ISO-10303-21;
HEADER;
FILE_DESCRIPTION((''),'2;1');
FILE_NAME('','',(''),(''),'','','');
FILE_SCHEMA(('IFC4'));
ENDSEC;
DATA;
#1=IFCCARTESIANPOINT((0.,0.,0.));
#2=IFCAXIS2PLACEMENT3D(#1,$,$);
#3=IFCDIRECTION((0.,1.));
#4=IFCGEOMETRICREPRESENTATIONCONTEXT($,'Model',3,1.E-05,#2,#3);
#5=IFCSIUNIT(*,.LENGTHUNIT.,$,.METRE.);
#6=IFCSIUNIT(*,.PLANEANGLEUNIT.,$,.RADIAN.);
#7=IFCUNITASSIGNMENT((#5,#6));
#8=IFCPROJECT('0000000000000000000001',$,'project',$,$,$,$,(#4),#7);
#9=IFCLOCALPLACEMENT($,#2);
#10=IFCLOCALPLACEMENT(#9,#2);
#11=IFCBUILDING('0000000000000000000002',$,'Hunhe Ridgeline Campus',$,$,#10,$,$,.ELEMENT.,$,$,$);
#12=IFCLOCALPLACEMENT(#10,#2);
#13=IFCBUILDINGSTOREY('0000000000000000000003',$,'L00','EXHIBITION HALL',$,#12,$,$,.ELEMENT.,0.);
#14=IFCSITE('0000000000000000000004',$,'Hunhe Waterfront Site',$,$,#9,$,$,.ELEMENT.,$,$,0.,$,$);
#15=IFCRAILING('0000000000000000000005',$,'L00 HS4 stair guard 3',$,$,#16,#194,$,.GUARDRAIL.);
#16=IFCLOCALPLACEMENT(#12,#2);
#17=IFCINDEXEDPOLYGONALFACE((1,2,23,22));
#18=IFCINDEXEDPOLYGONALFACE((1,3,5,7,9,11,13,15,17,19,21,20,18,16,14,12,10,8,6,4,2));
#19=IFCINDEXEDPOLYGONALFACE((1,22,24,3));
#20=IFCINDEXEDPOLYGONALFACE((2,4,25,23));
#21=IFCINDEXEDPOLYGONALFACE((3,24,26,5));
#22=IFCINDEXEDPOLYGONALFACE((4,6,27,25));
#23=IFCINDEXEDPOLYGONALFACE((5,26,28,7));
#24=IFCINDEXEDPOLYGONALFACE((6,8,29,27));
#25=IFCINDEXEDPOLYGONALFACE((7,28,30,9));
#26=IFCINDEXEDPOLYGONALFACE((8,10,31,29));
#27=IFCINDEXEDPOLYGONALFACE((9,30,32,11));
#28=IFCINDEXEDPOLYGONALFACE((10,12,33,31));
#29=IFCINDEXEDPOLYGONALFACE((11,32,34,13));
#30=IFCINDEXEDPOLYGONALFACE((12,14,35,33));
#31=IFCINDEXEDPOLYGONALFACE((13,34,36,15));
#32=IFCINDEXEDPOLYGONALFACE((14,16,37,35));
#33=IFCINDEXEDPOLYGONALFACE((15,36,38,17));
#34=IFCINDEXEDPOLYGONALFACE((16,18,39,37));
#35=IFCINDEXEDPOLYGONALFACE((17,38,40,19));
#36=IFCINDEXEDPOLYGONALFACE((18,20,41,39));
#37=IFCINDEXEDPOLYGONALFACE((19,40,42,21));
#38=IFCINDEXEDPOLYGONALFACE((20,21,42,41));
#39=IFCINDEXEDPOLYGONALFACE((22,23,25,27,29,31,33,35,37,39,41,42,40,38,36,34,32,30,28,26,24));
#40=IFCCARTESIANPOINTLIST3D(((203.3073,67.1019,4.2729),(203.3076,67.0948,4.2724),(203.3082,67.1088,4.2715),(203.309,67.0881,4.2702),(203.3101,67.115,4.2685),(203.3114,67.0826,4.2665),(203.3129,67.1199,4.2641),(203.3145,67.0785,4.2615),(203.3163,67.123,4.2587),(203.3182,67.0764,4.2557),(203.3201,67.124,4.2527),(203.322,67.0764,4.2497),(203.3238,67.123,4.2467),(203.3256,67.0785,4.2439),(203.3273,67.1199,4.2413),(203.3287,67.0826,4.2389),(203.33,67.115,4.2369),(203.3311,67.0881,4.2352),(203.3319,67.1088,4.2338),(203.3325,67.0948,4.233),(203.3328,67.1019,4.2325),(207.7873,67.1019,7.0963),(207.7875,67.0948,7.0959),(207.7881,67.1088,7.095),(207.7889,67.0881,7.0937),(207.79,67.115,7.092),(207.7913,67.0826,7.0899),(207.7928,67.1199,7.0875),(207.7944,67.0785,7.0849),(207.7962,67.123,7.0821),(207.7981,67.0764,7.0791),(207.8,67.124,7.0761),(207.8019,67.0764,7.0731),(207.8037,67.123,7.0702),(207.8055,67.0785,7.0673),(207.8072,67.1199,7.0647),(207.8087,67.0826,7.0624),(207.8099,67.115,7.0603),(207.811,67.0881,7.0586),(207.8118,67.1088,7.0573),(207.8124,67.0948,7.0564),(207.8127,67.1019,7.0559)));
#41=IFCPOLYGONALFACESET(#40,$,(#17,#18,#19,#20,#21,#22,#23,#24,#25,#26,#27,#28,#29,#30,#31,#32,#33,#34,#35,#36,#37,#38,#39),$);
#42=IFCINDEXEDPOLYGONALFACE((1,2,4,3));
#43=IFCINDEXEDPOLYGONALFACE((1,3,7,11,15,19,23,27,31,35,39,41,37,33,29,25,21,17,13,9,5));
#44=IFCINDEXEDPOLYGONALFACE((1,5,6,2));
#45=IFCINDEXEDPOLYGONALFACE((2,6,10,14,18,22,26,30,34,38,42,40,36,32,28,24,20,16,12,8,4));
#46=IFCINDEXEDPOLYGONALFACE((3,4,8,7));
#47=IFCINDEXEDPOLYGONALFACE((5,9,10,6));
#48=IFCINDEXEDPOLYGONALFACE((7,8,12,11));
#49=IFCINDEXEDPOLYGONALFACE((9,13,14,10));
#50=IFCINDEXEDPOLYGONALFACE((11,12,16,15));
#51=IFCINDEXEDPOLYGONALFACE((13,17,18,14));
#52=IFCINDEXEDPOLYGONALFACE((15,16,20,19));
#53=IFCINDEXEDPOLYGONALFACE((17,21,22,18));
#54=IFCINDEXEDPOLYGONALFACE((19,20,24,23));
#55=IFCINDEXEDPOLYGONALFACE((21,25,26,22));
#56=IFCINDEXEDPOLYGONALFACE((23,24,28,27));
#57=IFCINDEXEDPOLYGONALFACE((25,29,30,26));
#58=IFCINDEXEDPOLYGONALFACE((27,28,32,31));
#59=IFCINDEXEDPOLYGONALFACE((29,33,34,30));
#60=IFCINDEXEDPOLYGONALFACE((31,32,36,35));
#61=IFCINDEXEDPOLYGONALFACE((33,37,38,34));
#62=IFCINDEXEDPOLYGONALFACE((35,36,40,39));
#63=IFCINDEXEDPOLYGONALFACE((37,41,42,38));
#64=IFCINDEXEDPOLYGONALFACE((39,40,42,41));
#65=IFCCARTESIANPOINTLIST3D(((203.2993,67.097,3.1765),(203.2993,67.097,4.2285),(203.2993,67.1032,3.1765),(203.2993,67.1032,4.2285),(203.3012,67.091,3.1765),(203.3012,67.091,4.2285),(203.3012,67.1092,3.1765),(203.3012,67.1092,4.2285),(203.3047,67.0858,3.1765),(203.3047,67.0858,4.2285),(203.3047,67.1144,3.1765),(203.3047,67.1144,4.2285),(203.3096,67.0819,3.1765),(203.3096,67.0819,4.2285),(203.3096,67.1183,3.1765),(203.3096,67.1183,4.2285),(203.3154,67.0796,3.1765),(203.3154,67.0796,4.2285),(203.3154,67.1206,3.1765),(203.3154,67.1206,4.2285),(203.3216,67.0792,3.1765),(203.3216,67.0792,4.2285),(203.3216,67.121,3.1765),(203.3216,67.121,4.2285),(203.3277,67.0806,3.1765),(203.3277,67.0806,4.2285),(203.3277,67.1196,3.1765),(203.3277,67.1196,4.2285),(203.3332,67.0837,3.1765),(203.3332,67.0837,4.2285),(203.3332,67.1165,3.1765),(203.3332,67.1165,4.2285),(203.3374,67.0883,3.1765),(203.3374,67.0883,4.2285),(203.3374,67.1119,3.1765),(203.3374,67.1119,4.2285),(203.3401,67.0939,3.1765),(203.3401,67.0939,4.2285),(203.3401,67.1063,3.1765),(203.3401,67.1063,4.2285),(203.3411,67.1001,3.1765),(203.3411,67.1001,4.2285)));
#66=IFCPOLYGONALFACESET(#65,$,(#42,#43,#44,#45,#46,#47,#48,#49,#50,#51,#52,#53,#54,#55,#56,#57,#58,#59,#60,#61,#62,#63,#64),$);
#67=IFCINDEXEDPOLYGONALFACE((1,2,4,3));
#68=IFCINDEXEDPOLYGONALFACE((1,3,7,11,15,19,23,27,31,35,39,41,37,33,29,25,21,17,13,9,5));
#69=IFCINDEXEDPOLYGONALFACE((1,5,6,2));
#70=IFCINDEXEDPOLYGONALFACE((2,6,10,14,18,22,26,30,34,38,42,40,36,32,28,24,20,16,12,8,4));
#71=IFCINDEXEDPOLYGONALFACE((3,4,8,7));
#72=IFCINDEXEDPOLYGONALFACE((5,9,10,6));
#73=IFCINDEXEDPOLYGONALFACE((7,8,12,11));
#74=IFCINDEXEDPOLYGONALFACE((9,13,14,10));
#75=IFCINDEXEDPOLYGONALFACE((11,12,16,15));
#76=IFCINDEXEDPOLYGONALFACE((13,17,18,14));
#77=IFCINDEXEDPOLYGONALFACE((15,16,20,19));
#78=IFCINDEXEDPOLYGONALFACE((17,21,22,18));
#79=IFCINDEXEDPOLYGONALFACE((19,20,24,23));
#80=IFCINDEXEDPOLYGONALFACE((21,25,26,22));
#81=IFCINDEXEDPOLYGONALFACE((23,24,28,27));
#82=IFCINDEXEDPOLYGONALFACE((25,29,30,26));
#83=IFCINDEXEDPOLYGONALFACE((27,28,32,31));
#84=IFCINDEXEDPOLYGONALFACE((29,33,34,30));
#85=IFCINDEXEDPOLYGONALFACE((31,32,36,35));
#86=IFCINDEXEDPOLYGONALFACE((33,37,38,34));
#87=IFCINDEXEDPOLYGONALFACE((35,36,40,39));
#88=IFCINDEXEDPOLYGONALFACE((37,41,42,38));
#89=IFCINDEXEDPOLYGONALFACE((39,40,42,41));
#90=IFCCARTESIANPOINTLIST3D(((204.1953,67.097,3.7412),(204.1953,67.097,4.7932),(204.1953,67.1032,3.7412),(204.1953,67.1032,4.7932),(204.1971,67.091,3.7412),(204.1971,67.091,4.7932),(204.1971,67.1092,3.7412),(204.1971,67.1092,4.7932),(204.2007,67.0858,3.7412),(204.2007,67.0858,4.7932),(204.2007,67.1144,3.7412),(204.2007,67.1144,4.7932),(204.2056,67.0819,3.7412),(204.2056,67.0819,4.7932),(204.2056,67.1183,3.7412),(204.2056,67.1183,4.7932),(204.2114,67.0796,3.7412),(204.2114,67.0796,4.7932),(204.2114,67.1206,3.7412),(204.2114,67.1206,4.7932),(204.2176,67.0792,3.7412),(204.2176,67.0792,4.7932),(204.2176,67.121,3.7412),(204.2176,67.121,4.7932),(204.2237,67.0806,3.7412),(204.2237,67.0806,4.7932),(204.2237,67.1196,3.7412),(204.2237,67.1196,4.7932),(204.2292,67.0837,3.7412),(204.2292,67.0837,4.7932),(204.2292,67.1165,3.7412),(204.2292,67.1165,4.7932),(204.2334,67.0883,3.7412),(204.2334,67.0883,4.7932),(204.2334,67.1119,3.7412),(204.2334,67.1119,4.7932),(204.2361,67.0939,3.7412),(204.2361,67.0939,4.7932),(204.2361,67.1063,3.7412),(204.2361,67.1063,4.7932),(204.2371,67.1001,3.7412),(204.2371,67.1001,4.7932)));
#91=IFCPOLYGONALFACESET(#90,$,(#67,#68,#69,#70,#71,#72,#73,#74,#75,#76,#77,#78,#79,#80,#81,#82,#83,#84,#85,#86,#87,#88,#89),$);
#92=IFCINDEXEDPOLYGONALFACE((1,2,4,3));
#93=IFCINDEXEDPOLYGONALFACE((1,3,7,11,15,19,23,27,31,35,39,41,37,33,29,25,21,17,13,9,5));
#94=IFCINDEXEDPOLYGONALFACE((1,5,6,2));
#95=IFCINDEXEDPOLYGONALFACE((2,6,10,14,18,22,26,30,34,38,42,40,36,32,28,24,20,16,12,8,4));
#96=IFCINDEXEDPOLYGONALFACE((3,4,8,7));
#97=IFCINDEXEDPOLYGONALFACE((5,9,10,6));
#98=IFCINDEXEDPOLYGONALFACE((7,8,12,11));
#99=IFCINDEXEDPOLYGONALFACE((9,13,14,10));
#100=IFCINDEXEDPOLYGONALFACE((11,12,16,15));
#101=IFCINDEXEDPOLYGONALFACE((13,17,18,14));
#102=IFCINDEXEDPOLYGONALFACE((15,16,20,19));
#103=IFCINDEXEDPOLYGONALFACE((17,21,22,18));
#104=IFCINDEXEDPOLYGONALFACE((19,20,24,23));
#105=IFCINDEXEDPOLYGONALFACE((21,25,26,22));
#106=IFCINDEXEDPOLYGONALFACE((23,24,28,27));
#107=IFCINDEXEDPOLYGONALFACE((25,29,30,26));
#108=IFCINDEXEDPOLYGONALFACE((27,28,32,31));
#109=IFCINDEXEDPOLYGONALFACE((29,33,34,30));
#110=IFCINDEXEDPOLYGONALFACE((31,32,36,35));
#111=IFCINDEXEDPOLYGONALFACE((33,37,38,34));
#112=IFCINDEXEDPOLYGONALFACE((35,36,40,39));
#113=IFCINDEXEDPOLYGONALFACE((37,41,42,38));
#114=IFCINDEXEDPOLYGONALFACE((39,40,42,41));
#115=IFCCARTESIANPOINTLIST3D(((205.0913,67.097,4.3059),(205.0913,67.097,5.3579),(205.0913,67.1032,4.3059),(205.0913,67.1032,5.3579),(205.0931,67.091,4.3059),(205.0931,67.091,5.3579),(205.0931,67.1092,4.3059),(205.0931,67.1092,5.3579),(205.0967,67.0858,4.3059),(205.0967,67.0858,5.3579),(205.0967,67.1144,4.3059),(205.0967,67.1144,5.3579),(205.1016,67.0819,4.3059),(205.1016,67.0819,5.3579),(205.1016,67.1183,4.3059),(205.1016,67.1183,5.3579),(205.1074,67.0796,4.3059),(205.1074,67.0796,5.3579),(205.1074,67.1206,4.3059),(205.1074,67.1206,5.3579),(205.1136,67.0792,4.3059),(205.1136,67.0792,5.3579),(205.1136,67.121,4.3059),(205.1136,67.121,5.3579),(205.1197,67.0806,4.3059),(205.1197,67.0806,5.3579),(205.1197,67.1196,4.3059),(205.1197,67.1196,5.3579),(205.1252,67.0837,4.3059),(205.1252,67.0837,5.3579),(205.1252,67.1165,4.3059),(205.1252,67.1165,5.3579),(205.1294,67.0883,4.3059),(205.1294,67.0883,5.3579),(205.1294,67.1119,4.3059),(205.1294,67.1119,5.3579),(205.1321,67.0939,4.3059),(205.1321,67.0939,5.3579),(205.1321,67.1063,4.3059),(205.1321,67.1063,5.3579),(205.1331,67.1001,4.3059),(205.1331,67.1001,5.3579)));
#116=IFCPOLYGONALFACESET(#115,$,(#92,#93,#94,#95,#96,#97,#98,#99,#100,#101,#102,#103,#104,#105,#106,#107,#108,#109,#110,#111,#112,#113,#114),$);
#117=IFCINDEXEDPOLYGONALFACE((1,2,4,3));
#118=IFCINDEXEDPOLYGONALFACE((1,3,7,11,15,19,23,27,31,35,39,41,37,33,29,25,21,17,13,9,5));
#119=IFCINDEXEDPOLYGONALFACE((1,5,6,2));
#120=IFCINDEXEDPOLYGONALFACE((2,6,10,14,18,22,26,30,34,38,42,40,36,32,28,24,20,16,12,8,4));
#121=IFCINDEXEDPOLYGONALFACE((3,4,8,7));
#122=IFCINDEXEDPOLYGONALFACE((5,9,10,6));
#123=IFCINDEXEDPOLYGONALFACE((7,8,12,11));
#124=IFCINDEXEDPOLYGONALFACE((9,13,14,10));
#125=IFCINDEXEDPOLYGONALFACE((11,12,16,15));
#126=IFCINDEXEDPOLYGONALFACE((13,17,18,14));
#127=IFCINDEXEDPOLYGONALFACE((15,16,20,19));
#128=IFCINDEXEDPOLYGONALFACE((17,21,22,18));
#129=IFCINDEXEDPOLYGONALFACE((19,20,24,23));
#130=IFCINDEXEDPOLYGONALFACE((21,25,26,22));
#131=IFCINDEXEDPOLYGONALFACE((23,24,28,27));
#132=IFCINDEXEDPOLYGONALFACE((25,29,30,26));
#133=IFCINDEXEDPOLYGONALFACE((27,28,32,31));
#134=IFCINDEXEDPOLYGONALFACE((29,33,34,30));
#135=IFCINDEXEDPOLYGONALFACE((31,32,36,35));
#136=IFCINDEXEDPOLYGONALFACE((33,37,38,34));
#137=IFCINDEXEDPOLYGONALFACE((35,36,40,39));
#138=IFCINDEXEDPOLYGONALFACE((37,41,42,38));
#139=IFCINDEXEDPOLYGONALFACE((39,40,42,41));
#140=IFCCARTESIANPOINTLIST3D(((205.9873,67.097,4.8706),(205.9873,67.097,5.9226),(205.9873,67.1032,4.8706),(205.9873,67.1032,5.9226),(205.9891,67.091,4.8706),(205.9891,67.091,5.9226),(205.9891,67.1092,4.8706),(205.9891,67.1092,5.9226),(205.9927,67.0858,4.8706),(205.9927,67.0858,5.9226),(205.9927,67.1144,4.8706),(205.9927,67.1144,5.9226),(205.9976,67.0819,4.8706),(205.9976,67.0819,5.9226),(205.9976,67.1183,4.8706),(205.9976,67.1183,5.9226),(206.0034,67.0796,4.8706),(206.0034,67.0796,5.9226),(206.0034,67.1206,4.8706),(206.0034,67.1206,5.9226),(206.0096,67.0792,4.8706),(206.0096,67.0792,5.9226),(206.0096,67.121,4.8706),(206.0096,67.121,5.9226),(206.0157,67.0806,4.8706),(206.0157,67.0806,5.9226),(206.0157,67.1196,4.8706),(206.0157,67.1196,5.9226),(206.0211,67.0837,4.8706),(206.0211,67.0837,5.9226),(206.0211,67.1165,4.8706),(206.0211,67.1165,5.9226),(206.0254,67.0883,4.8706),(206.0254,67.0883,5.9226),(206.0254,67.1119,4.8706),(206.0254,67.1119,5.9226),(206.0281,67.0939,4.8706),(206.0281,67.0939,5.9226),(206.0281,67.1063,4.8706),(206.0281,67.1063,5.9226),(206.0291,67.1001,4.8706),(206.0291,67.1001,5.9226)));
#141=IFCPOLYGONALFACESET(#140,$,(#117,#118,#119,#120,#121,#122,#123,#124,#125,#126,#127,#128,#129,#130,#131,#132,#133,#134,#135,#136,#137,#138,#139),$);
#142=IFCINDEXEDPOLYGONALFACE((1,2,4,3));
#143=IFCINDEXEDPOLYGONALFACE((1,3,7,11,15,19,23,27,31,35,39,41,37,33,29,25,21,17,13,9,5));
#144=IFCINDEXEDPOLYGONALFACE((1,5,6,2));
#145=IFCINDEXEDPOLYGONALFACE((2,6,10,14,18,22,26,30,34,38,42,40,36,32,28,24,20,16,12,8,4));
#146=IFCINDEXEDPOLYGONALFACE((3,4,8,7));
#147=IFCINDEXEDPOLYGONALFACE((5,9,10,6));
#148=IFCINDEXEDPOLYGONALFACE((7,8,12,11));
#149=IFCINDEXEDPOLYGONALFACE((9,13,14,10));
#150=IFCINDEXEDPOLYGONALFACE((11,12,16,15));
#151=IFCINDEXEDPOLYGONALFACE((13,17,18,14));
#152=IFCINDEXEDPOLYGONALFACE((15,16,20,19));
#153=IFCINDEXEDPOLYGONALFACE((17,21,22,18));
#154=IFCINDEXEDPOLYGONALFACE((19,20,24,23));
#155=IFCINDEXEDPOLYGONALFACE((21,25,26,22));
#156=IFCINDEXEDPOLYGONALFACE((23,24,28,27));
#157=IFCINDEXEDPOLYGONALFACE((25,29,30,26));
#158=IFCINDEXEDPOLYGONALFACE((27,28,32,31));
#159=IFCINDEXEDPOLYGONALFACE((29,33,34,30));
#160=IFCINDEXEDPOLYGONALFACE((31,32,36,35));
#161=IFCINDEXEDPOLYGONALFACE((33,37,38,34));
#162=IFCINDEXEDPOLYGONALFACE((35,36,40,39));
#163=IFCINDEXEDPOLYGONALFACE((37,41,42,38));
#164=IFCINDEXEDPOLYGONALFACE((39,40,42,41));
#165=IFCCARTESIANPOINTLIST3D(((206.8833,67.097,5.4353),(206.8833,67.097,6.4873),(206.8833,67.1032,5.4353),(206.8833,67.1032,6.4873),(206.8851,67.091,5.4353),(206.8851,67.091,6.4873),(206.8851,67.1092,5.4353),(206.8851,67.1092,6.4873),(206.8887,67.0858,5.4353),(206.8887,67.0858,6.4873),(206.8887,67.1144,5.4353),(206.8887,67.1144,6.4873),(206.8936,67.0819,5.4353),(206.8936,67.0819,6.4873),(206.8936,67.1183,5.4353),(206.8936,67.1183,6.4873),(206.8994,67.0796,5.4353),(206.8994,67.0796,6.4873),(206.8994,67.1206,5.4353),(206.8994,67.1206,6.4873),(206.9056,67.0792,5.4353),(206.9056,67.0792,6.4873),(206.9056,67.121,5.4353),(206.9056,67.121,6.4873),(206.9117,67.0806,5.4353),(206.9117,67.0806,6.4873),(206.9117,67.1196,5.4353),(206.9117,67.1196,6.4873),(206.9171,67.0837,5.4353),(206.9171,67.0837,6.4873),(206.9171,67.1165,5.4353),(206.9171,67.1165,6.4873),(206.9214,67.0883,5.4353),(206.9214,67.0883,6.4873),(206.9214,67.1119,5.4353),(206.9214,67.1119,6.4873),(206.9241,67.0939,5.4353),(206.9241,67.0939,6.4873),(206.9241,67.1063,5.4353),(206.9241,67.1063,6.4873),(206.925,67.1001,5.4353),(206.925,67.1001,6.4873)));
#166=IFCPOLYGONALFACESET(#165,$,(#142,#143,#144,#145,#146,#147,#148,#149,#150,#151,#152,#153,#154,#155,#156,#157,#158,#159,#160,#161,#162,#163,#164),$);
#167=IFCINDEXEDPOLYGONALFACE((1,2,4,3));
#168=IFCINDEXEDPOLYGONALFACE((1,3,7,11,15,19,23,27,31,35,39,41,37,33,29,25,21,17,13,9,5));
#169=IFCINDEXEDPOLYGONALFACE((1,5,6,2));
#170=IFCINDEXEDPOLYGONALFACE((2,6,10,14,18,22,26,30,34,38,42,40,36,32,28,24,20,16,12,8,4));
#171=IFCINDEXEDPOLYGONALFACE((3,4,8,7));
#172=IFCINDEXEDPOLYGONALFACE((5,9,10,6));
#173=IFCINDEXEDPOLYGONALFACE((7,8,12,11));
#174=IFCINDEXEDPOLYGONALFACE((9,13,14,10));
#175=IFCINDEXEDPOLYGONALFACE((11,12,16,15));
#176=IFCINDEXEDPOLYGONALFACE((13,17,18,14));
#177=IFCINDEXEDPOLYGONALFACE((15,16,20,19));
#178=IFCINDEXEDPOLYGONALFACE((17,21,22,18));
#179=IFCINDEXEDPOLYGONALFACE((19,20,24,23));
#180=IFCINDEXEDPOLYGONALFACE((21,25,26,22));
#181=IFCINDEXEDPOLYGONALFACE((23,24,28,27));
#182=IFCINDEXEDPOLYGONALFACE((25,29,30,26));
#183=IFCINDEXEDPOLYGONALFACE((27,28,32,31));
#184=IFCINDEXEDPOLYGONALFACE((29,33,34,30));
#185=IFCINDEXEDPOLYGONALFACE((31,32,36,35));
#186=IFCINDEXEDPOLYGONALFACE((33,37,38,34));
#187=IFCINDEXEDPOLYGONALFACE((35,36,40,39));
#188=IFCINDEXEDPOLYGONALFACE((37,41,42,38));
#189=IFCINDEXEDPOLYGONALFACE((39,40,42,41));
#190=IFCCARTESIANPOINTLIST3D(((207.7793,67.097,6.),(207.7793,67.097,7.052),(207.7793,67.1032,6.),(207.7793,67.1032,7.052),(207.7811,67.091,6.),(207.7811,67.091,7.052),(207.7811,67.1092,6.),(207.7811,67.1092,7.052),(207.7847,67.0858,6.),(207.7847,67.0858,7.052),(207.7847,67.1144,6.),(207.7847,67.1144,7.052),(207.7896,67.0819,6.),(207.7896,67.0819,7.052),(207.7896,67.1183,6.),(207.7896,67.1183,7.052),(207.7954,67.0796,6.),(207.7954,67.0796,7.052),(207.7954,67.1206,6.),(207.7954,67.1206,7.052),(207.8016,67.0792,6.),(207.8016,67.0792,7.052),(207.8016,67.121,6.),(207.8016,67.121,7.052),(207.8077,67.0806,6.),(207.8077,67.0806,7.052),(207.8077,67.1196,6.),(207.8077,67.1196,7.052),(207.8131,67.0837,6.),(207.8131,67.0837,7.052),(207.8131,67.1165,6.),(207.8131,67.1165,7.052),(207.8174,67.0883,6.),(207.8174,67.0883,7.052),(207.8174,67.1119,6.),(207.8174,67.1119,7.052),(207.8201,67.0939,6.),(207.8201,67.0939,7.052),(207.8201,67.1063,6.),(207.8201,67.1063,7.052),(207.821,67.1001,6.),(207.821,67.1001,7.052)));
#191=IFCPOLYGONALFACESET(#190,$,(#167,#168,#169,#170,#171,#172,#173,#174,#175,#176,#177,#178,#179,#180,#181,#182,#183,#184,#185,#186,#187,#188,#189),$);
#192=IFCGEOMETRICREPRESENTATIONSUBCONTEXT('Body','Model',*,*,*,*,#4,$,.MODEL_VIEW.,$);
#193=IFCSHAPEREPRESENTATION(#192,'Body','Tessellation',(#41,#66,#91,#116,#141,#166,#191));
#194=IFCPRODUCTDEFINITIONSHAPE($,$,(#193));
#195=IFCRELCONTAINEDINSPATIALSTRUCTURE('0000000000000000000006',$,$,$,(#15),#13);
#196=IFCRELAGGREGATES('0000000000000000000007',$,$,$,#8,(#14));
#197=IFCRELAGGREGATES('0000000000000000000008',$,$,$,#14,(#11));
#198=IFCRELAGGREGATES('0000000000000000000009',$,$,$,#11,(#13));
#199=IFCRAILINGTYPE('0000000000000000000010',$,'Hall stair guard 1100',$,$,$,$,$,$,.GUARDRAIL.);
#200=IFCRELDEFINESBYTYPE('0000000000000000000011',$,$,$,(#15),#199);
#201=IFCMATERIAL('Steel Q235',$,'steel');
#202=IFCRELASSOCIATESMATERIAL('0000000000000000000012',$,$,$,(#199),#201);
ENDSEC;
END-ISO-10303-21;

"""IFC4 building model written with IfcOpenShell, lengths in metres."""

from ifc_helpers import new_model, si_unit, direction, frame, origin, origin_2d, place, context, subcontext, project, spatial, circle, extrude, material, type_object, element, save


model = new_model("IFC4")

# Units and contexts
model_context = context("Model", 3, precision=1e-05, world=origin(), true_north=direction((0.0, 1.0)))
body_context = subcontext(model_context, "Body", "Model", "MODEL_VIEW")
ifc_project = project(units=[si_unit("LENGTHUNIT", "METRE"), si_unit("PLANEANGLEUNIT", "RADIAN")], contexts=[model_context])

# Site, building, storey
site_placement = place(None, origin())
site = spatial("IfcSite", under=ifc_project, at=site_placement, Name="Hunhe Waterfront Site", CompositionType="ELEMENT", RefElevation=0.0)
building_placement = place(site_placement, origin())
building = spatial("IfcBuilding", under=site, at=building_placement, Name="Hunhe Ridgeline Campus", CompositionType="ELEMENT")
storey_placement = place(building_placement, origin())
storey = spatial("IfcBuildingStorey", under=building, at=storey_placement, Name="L00", Description="EXHIBITION HALL", CompositionType="ELEMENT", Elevation=0.0)

# Shared definitions
ifc_material_1 = material(Name="Steel Q235", Category="steel")

# Railing
railing_type_1 = type_object("IfcRailingType", Name="Hall stair guard 1100", PredefinedType="GUARDRAIL", material=ifc_material_1)
railing_1_placement = place(storey_placement, frame((203.3201, 67.1001, 3.1765)))
element("IfcRailing", 1, at=railing_1_placement, inside=storey, type_object=railing_type_1, Name="L00 HS4 stair guard 3", PredefinedType="GUARDRAIL", context=body_context, shape_type="SweptSolid", body=[
    extrude(circle(Radius=0.0239, at=origin_2d()), frame((0.0, 0.0, 1.0762), z_axis=(0.845998, 0.0, 0.533186), x_axis=(0.0, 1.0, 0.0)), (0.0, 0.0, 1.0), 5.2954),
    extrude(circle(Radius=0.021, at=origin_2d()), origin(), (0.0, 0.0, 1.0), 1.052),
    extrude(circle(Radius=0.021, at=origin_2d()), frame((0.896, 0.0, 0.5647)), (0.0, 0.0, 1.0), 1.052),
    extrude(circle(Radius=0.021, at=origin_2d()), frame((1.792, 0.0, 1.1294)), (0.0, 0.0, 1.0), 1.052),
    extrude(circle(Radius=0.021, at=origin_2d()), frame((2.688, 0.0, 1.6941)), (0.0, 0.0, 1.0), 1.052),
    extrude(circle(Radius=0.021, at=origin_2d()), frame((3.584, 0.0, 2.2588)), (0.0, 0.0, 1.0), 1.052),
    extrude(circle(Radius=0.021, at=origin_2d()), frame((4.48, 0.0, 2.8235)), (0.0, 0.0, 1.0), 1.052),
])

save(model, "model.ifc")
